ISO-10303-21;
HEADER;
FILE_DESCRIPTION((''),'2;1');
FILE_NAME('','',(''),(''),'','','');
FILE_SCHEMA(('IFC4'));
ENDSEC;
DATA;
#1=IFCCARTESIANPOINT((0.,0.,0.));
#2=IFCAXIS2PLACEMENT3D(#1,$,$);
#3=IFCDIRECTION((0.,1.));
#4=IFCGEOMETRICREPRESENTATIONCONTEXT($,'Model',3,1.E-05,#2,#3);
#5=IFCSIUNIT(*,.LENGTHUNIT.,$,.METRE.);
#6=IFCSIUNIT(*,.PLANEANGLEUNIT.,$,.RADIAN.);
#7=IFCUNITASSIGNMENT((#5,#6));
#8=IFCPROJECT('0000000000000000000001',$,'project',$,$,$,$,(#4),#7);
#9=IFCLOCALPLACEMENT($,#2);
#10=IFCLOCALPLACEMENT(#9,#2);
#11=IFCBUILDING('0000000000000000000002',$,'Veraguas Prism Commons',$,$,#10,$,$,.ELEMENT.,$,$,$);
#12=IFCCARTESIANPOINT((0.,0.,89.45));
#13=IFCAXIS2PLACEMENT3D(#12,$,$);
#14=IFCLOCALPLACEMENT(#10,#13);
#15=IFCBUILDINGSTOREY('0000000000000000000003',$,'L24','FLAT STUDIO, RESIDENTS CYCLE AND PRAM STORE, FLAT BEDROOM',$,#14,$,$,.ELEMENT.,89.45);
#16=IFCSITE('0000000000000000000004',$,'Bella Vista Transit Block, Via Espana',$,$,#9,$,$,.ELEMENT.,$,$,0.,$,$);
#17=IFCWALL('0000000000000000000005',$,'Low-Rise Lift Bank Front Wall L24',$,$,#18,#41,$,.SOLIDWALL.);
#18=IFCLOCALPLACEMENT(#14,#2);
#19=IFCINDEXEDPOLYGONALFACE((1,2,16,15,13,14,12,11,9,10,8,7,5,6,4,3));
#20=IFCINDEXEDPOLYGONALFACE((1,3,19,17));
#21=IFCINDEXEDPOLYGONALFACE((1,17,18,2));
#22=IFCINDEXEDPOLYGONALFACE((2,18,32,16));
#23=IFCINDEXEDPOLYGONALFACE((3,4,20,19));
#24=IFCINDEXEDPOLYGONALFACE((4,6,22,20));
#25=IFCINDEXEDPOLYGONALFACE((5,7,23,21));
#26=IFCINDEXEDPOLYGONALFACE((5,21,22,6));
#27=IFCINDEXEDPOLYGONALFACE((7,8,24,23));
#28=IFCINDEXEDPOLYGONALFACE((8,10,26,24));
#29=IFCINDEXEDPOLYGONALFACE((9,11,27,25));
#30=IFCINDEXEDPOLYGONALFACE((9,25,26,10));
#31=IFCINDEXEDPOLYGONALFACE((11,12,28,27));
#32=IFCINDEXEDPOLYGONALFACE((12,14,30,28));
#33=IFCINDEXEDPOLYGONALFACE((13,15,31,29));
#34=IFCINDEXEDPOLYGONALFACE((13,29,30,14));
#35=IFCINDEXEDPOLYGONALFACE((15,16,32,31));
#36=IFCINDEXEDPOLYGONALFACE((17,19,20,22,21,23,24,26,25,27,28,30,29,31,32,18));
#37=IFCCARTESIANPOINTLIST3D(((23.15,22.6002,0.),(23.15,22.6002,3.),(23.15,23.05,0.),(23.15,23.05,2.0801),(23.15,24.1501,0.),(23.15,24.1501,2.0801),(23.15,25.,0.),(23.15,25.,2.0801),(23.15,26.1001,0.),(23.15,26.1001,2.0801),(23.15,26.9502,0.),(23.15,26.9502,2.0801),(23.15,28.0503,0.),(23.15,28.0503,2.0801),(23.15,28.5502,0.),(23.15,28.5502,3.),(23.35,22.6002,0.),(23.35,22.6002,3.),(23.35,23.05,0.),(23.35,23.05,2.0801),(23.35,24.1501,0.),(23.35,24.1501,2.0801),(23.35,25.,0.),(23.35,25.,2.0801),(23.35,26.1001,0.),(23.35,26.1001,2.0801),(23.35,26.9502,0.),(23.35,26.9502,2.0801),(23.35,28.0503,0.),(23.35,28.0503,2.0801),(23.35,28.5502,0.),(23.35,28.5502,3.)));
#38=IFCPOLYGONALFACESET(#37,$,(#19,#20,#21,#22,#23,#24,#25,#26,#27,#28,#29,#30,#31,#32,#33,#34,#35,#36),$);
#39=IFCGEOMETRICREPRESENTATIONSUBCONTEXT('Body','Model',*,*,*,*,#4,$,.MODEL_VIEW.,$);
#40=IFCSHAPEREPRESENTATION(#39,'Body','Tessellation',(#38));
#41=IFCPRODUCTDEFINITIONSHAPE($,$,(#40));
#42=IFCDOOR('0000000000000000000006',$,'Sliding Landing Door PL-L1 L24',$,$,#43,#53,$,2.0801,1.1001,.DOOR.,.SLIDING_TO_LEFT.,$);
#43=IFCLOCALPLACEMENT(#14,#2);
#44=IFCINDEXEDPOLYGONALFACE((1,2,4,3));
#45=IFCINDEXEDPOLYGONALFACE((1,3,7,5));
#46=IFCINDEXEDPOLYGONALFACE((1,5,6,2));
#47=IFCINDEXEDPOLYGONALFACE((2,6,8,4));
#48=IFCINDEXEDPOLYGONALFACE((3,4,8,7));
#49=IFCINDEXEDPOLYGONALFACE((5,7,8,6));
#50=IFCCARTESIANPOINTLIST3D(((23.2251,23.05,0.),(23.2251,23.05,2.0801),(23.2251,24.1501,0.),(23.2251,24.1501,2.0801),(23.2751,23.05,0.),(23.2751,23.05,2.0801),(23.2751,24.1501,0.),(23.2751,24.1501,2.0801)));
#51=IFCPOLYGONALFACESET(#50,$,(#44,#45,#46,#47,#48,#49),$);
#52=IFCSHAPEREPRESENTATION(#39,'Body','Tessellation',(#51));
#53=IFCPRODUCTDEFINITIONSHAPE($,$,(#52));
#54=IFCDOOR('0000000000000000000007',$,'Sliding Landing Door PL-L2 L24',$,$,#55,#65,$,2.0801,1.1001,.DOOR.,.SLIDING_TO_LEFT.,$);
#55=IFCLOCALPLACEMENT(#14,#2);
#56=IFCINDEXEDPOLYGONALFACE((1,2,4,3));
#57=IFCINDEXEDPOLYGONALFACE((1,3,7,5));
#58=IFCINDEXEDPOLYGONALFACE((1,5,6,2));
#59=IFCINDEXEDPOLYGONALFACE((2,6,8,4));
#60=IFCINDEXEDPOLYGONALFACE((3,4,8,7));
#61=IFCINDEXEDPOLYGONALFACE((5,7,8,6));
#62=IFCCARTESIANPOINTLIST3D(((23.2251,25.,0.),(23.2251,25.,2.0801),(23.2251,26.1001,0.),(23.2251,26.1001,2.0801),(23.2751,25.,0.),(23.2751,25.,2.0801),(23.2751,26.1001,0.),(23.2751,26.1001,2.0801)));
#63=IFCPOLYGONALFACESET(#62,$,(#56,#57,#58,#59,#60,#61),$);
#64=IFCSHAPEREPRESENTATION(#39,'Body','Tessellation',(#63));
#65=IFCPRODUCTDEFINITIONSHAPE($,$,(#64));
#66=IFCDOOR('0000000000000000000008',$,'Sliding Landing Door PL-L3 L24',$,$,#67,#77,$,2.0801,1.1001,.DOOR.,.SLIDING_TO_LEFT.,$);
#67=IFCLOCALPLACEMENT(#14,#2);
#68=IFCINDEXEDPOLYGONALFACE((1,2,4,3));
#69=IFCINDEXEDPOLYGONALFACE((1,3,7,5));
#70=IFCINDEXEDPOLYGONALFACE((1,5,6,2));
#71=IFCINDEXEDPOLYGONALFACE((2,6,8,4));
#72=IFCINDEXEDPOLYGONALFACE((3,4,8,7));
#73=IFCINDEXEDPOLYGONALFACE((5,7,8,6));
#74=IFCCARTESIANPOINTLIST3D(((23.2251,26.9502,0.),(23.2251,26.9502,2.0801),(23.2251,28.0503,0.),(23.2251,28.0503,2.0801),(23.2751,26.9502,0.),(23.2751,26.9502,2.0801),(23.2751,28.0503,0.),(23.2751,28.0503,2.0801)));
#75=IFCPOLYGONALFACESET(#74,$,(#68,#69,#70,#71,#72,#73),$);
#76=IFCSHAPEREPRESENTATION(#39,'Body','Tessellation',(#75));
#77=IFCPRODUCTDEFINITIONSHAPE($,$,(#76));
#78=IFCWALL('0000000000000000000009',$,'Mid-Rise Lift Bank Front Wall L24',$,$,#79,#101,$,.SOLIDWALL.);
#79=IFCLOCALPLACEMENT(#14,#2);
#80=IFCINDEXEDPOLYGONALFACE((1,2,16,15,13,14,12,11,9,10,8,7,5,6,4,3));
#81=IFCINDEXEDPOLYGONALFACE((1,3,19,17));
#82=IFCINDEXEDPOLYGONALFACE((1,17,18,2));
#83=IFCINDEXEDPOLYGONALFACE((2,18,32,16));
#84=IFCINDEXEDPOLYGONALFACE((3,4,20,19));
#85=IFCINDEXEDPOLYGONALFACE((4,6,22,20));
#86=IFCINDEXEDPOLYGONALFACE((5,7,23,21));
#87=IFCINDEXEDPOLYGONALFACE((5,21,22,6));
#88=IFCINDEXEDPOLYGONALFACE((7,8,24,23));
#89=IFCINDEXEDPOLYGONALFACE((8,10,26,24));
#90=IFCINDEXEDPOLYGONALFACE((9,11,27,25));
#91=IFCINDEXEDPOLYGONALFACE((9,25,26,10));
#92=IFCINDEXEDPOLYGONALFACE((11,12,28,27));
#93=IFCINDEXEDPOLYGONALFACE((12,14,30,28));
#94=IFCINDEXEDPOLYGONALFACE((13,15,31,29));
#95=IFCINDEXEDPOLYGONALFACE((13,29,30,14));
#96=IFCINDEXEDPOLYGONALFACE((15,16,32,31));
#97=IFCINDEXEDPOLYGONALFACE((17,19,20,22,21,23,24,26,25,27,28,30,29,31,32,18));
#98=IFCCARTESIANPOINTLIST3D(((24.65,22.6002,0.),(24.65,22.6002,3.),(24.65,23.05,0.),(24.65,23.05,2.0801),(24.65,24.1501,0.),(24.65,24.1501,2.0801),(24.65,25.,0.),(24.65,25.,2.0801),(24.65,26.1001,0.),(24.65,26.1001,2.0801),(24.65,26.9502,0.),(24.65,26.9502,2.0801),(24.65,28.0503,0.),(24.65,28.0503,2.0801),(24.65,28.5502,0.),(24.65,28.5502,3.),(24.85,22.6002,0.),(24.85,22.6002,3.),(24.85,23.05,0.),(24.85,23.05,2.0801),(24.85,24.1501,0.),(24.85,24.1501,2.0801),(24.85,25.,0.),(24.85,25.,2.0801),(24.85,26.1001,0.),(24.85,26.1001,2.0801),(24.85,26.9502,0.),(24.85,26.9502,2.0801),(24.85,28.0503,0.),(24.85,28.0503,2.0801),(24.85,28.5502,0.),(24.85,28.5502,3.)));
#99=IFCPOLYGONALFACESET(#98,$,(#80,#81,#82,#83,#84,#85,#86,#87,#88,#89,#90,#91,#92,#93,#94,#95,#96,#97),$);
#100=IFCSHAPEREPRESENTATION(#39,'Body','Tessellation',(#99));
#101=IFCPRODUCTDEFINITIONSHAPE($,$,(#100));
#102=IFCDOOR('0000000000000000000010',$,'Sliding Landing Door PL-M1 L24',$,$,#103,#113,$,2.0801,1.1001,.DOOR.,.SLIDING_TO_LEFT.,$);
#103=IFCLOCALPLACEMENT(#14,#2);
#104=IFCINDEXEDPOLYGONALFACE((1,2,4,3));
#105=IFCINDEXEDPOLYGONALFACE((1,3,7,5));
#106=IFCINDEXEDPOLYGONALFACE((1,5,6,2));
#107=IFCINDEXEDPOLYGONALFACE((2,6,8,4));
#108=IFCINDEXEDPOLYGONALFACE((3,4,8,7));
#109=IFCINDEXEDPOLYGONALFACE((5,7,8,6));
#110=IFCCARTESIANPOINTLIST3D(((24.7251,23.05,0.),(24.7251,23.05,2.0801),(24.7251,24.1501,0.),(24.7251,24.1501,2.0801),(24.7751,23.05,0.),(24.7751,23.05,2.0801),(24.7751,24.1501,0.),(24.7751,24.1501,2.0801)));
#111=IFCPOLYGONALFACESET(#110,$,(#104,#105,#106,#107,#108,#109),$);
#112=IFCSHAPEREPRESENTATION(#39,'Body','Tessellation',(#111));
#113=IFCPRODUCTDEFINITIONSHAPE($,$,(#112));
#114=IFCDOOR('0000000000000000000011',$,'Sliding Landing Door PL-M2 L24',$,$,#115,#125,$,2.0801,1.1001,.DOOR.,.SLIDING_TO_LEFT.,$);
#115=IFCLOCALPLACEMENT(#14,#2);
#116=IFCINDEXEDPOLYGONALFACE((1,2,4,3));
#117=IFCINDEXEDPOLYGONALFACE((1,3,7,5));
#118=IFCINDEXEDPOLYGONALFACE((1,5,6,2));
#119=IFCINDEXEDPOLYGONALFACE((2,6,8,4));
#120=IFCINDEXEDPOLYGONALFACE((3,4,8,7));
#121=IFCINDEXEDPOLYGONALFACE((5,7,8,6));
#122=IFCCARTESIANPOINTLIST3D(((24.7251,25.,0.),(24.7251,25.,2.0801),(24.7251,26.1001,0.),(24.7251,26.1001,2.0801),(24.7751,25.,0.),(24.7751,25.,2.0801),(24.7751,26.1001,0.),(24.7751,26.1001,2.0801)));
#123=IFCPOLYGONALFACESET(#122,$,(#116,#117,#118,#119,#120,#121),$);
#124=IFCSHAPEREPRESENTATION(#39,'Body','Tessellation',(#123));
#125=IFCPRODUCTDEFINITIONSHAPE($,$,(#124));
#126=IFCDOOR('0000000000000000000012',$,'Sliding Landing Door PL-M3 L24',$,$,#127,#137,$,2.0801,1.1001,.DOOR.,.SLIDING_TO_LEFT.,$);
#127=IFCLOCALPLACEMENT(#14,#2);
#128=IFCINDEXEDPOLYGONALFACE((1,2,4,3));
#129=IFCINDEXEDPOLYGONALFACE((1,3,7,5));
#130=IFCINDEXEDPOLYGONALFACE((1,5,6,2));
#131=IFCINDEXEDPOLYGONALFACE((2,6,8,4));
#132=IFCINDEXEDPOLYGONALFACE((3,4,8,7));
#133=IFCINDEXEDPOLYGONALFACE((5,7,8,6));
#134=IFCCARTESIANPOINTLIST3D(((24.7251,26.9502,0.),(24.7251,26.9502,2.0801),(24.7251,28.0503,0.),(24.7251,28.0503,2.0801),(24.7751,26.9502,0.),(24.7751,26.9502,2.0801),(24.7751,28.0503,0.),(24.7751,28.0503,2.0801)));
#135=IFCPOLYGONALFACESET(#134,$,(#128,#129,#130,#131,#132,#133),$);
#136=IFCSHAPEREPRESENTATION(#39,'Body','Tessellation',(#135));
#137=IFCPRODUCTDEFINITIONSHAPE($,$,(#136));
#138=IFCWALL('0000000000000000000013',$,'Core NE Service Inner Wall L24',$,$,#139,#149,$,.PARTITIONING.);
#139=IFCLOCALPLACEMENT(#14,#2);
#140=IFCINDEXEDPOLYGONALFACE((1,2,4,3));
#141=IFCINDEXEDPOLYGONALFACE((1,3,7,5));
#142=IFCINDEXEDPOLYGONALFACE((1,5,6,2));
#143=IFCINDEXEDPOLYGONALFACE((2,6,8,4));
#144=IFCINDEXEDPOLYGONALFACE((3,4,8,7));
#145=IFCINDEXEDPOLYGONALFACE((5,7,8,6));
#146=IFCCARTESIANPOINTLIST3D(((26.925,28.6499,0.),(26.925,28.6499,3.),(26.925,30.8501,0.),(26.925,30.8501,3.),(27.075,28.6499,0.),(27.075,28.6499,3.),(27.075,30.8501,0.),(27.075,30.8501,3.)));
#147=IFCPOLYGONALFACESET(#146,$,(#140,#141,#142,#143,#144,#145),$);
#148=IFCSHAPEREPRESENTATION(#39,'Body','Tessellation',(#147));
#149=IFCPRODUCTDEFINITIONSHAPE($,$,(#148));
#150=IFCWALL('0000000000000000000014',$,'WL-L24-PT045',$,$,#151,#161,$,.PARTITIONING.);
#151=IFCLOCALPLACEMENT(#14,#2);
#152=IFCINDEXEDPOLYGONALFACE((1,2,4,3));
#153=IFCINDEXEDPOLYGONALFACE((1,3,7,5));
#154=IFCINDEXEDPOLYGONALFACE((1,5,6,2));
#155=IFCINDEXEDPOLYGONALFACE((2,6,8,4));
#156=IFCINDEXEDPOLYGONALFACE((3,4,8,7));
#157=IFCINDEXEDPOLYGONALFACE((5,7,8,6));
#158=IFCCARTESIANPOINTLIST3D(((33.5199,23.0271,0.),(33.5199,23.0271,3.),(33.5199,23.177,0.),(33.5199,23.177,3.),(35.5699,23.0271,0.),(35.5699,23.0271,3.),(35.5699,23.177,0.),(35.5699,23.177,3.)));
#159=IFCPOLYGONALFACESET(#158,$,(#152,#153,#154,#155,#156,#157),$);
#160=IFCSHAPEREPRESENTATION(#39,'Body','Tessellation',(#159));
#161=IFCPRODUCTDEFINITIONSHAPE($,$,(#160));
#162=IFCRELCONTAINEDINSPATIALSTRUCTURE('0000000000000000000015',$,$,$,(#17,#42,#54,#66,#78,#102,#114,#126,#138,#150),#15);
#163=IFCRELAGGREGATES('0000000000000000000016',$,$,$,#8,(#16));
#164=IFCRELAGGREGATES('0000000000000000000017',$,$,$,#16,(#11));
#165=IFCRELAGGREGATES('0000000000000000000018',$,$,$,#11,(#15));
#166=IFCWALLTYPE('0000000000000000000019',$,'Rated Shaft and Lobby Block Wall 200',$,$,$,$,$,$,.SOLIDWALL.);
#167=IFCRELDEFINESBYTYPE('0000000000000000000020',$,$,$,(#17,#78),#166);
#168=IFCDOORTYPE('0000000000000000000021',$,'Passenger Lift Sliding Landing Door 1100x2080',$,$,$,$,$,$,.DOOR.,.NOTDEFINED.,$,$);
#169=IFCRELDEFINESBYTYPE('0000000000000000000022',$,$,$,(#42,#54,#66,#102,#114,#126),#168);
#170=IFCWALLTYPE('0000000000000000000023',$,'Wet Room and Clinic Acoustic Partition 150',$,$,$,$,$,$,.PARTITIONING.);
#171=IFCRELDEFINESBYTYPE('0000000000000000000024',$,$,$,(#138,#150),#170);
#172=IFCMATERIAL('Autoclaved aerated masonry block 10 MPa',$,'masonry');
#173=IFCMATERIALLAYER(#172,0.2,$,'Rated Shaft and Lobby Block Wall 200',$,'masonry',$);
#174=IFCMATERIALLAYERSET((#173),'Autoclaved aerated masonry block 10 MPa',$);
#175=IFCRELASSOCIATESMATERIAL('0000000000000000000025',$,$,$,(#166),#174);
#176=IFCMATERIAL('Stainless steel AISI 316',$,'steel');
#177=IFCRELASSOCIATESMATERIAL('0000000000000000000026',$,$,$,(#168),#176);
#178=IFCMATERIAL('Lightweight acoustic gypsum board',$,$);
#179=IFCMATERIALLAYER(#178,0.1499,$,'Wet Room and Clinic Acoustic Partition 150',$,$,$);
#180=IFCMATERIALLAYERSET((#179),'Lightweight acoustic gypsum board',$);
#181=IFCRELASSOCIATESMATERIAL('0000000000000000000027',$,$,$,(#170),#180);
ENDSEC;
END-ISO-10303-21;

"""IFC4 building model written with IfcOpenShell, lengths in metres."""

from ifc_helpers import new_model, si_unit, direction, frame, frame_2d, origin, place, context, subcontext, project, spatial, rectangle, extrude, source, transform, mapped, material, layer, layer_set, type_object, element, fill, save


model = new_model("IFC4")

# Units and contexts
model_context = context("Model", 3, precision=1e-05, world=origin(), true_north=direction((0.0, 1.0)))
body_context = subcontext(model_context, "Body", "Model", "MODEL_VIEW")
ifc_project = project(units=[si_unit("LENGTHUNIT", "METRE"), si_unit("PLANEANGLEUNIT", "RADIAN")], contexts=[model_context])

# Site, building, storey
site_placement = place(None, origin())
site = spatial("IfcSite", under=ifc_project, at=site_placement, Name="Bella Vista Transit Block, Via Espana", CompositionType="ELEMENT", RefElevation=0.0)
building_placement = place(site_placement, origin())
building = spatial("IfcBuilding", under=site, at=building_placement, Name="Veraguas Prism Commons", CompositionType="ELEMENT")
storey_placement = place(building_placement, frame((0.0, 0.0, 89.45)))
storey = spatial("IfcBuildingStorey", under=building, at=storey_placement, Name="L24", Description="FLAT STUDIO, RESIDENTS CYCLE AND PRAM STORE, FLAT BEDROOM", CompositionType="ELEMENT", Elevation=89.45)

# Shared definitions
ifc_material_1 = material(Name="Autoclaved aerated masonry block 10 MPa", Category="masonry")

# Shared definitions
ifc_layer_1 = layer(ifc_material_1, 0.2, Name="Rated Shaft and Lobby Block Wall 200", Category="masonry")
ifc_layer_set_1 = layer_set([ifc_layer_1], Name="Autoclaved aerated masonry block 10 MPa")
wall_type_1 = type_object("IfcWallType", Name="Rated Shaft and Lobby Block Wall 200", PredefinedType="SOLIDWALL", material=ifc_layer_set_1)

# Walls, openings, doors
wall_1_placement = place(storey_placement, frame((23.25, 22.6001, 0.0), z_axis=(0.0, 0.0, 1.0), x_axis=(0.0, 1.0, 0.0)))
wall_1 = element("IfcWall", 1, at=wall_1_placement, inside=storey, type_object=wall_type_1, Name="Low-Rise Lift Bank Front Wall L24", PredefinedType="SOLIDWALL", context=body_context, shape_type="SweptSolid", body=[
    extrude(rectangle(XDim=5.95, YDim=0.2, at=frame_2d((2.9751, 0.0))), origin(), (0.0, 0.0, 1.0), 3.0),
])
opening_1_placement = place(wall_1_placement, frame((0.45, 0.0, 0.0)))
opening_1 = element("IfcOpeningElement", 2, at=opening_1_placement, cuts=wall_1, PredefinedType="OPENING", context=body_context, shape_type="SweptSolid", body=[
    extrude(rectangle(XDim=1.1001, YDim=2.0801, at=frame_2d((0.55, 1.04))), frame((0.0, 0.1099, 0.0), z_axis=(0.0, -1.0, 0.0), x_axis=(1.0, 0.0, 0.0)), (0.0, 0.0, 1.0), 0.22),
])
opening_2_placement = place(wall_1_placement, frame((2.3999, 0.0, 0.0)))
opening_2 = element("IfcOpeningElement", 3, at=opening_2_placement, cuts=wall_1, PredefinedType="OPENING", context=body_context, shape_type="SweptSolid", body=[
    extrude(rectangle(XDim=1.1001, YDim=2.0801, at=frame_2d((0.55, 1.04))), frame((0.0, 0.1099, 0.0), z_axis=(0.0, -1.0, 0.0), x_axis=(1.0, 0.0, 0.0)), (0.0, 0.0, 1.0), 0.22),
])
opening_3_placement = place(wall_1_placement, frame((4.3501, 0.0, 0.0)))
opening_3 = element("IfcOpeningElement", 4, at=opening_3_placement, cuts=wall_1, PredefinedType="OPENING", context=body_context, shape_type="SweptSolid", body=[
    extrude(rectangle(XDim=1.1001, YDim=2.0801, at=frame_2d((0.55, 1.04))), frame((0.0, 0.1099, 0.0), z_axis=(0.0, -1.0, 0.0), x_axis=(1.0, 0.0, 0.0)), (0.0, 0.0, 1.0), 0.22),
])
ifc_material_2 = material(Name="Stainless steel AISI 316", Category="steel")
door_type_1 = type_object("IfcDoorType", Name="Passenger Lift Sliding Landing Door 1100x2080", OperationType="NOTDEFINED", PredefinedType="DOOR", material=ifc_material_2)
shared_shape_1 = source(origin(), body_context, "Body", "SweptSolid", [
    extrude(rectangle(XDim=1.1001, YDim=2.0801, at=frame_2d((0.55, 1.04))), frame((0.0, 0.0249, 0.0), z_axis=(0.0, -1.0, 0.0), x_axis=(1.0, 0.0, 0.0)), (0.0, 0.0, 1.0), 0.05),
])
door_1_placement = place(opening_1_placement, origin())
door_1 = element("IfcDoor", 5, at=door_1_placement, inside=storey, type_object=door_type_1, Name="Sliding Landing Door PL-L1 L24", OperationType="SLIDING_TO_LEFT", OverallHeight=2.0801, OverallWidth=1.1001, PredefinedType="DOOR", context=body_context, shape_type="MappedRepresentation", body=[
    mapped(shared_shape_1, transform((0.0, 0.0, 0.0), scale=1.0)),
])
fill(opening_1, door_1)
door_2_placement = place(opening_2_placement, origin())
door_2 = element("IfcDoor", 6, at=door_2_placement, inside=storey, type_object=door_type_1, Name="Sliding Landing Door PL-L2 L24", OperationType="SLIDING_TO_LEFT", OverallHeight=2.0801, OverallWidth=1.1001, PredefinedType="DOOR", context=body_context, shape_type="MappedRepresentation", body=[
    mapped(shared_shape_1, transform((0.0, 0.0, 0.0), scale=1.0)),
])
fill(opening_2, door_2)
door_3_placement = place(opening_3_placement, origin())
door_3 = element("IfcDoor", 7, at=door_3_placement, inside=storey, type_object=door_type_1, Name="Sliding Landing Door PL-L3 L24", OperationType="SLIDING_TO_LEFT", OverallHeight=2.0801, OverallWidth=1.1001, PredefinedType="DOOR", context=body_context, shape_type="MappedRepresentation", body=[
    mapped(shared_shape_1, transform((0.0, 0.0, 0.0), scale=1.0)),
])
fill(opening_3, door_3)
wall_2_placement = place(storey_placement, frame((24.75, 22.6001, 0.0), z_axis=(0.0, 0.0, 1.0), x_axis=(0.0, 1.0, 0.0)))
wall_2 = element("IfcWall", 8, at=wall_2_placement, inside=storey, type_object=wall_type_1, Name="Mid-Rise Lift Bank Front Wall L24", PredefinedType="SOLIDWALL", context=body_context, shape_type="SweptSolid", body=[
    extrude(rectangle(XDim=5.95, YDim=0.2, at=frame_2d((2.9751, 0.0))), origin(), (0.0, 0.0, 1.0), 3.0),
])
opening_4_placement = place(wall_2_placement, frame((0.45, 0.0, 0.0)))
opening_4 = element("IfcOpeningElement", 9, at=opening_4_placement, cuts=wall_2, PredefinedType="OPENING", context=body_context, shape_type="SweptSolid", body=[
    extrude(rectangle(XDim=1.1001, YDim=2.0801, at=frame_2d((0.55, 1.04))), frame((0.0, 0.1099, 0.0), z_axis=(0.0, -1.0, 0.0), x_axis=(1.0, 0.0, 0.0)), (0.0, 0.0, 1.0), 0.22),
])
opening_5_placement = place(wall_2_placement, frame((2.3999, 0.0, 0.0)))
opening_5 = element("IfcOpeningElement", 10, at=opening_5_placement, cuts=wall_2, PredefinedType="OPENING", context=body_context, shape_type="SweptSolid", body=[
    extrude(rectangle(XDim=1.1001, YDim=2.0801, at=frame_2d((0.55, 1.04))), frame((0.0, 0.1099, 0.0), z_axis=(0.0, -1.0, 0.0), x_axis=(1.0, 0.0, 0.0)), (0.0, 0.0, 1.0), 0.22),
])
opening_6_placement = place(wall_2_placement, frame((4.3501, 0.0, 0.0)))
opening_6 = element("IfcOpeningElement", 11, at=opening_6_placement, cuts=wall_2, PredefinedType="OPENING", context=body_context, shape_type="SweptSolid", body=[
    extrude(rectangle(XDim=1.1001, YDim=2.0801, at=frame_2d((0.55, 1.04))), frame((0.0, 0.1099, 0.0), z_axis=(0.0, -1.0, 0.0), x_axis=(1.0, 0.0, 0.0)), (0.0, 0.0, 1.0), 0.22),
])
door_4_placement = place(opening_4_placement, origin())
door_4 = element("IfcDoor", 12, at=door_4_placement, inside=storey, type_object=door_type_1, Name="Sliding Landing Door PL-M1 L24", OperationType="SLIDING_TO_LEFT", OverallHeight=2.0801, OverallWidth=1.1001, PredefinedType="DOOR", context=body_context, shape_type="MappedRepresentation", body=[
    mapped(shared_shape_1, transform((0.0, 0.0, 0.0), scale=1.0)),
])
fill(opening_4, door_4)
door_5_placement = place(opening_5_placement, origin())
door_5 = element("IfcDoor", 13, at=door_5_placement, inside=storey, type_object=door_type_1, Name="Sliding Landing Door PL-M2 L24", OperationType="SLIDING_TO_LEFT", OverallHeight=2.0801, OverallWidth=1.1001, PredefinedType="DOOR", context=body_context, shape_type="MappedRepresentation", body=[
    mapped(shared_shape_1, transform((0.0, 0.0, 0.0), scale=1.0)),
])
fill(opening_5, door_5)
door_6_placement = place(opening_6_placement, origin())
door_6 = element("IfcDoor", 14, at=door_6_placement, inside=storey, type_object=door_type_1, Name="Sliding Landing Door PL-M3 L24", OperationType="SLIDING_TO_LEFT", OverallHeight=2.0801, OverallWidth=1.1001, PredefinedType="DOOR", context=body_context, shape_type="MappedRepresentation", body=[
    mapped(shared_shape_1, transform((0.0, 0.0, 0.0), scale=1.0)),
])
fill(opening_6, door_6)

# Walls
ifc_material_3 = material(Name="Lightweight acoustic gypsum board")
ifc_layer_2 = layer(ifc_material_3, 0.1499, Name="Wet Room and Clinic Acoustic Partition 150")
ifc_layer_set_2 = layer_set([ifc_layer_2], Name="Lightweight acoustic gypsum board")
wall_type_2 = type_object("IfcWallType", Name="Wet Room and Clinic Acoustic Partition 150", PredefinedType="PARTITIONING", material=ifc_layer_set_2)
wall_3_placement = place(storey_placement, frame((27.0, 28.6499, 0.0), z_axis=(0.0, 0.0, 1.0), x_axis=(0.0, 1.0, 0.0)))
element("IfcWall", 15, at=wall_3_placement, inside=storey, type_object=wall_type_2, Name="Core NE Service Inner Wall L24", PredefinedType="PARTITIONING", context=body_context, shape_type="SweptSolid", body=[
    extrude(rectangle(XDim=2.2002, YDim=0.1499, at=frame_2d((1.1001, 0.0))), origin(), (0.0, 0.0, 1.0), 3.0),
])
wall_4_placement = place(storey_placement, frame((33.52, 23.1021, 0.0), z_axis=(0.0, 0.0, 1.0), x_axis=(1.0, 0.0, 0.0)))
element("IfcWall", 16, at=wall_4_placement, inside=storey, type_object=wall_type_2, Name="WL-L24-PT045", PredefinedType="PARTITIONING", context=body_context, shape_type="SweptSolid", body=[
    extrude(rectangle(XDim=2.05, YDim=0.1499, at=frame_2d((1.0249, 0.0))), origin(), (0.0, 0.0, 1.0), 3.0),
])

save(model, "model.ifc")
